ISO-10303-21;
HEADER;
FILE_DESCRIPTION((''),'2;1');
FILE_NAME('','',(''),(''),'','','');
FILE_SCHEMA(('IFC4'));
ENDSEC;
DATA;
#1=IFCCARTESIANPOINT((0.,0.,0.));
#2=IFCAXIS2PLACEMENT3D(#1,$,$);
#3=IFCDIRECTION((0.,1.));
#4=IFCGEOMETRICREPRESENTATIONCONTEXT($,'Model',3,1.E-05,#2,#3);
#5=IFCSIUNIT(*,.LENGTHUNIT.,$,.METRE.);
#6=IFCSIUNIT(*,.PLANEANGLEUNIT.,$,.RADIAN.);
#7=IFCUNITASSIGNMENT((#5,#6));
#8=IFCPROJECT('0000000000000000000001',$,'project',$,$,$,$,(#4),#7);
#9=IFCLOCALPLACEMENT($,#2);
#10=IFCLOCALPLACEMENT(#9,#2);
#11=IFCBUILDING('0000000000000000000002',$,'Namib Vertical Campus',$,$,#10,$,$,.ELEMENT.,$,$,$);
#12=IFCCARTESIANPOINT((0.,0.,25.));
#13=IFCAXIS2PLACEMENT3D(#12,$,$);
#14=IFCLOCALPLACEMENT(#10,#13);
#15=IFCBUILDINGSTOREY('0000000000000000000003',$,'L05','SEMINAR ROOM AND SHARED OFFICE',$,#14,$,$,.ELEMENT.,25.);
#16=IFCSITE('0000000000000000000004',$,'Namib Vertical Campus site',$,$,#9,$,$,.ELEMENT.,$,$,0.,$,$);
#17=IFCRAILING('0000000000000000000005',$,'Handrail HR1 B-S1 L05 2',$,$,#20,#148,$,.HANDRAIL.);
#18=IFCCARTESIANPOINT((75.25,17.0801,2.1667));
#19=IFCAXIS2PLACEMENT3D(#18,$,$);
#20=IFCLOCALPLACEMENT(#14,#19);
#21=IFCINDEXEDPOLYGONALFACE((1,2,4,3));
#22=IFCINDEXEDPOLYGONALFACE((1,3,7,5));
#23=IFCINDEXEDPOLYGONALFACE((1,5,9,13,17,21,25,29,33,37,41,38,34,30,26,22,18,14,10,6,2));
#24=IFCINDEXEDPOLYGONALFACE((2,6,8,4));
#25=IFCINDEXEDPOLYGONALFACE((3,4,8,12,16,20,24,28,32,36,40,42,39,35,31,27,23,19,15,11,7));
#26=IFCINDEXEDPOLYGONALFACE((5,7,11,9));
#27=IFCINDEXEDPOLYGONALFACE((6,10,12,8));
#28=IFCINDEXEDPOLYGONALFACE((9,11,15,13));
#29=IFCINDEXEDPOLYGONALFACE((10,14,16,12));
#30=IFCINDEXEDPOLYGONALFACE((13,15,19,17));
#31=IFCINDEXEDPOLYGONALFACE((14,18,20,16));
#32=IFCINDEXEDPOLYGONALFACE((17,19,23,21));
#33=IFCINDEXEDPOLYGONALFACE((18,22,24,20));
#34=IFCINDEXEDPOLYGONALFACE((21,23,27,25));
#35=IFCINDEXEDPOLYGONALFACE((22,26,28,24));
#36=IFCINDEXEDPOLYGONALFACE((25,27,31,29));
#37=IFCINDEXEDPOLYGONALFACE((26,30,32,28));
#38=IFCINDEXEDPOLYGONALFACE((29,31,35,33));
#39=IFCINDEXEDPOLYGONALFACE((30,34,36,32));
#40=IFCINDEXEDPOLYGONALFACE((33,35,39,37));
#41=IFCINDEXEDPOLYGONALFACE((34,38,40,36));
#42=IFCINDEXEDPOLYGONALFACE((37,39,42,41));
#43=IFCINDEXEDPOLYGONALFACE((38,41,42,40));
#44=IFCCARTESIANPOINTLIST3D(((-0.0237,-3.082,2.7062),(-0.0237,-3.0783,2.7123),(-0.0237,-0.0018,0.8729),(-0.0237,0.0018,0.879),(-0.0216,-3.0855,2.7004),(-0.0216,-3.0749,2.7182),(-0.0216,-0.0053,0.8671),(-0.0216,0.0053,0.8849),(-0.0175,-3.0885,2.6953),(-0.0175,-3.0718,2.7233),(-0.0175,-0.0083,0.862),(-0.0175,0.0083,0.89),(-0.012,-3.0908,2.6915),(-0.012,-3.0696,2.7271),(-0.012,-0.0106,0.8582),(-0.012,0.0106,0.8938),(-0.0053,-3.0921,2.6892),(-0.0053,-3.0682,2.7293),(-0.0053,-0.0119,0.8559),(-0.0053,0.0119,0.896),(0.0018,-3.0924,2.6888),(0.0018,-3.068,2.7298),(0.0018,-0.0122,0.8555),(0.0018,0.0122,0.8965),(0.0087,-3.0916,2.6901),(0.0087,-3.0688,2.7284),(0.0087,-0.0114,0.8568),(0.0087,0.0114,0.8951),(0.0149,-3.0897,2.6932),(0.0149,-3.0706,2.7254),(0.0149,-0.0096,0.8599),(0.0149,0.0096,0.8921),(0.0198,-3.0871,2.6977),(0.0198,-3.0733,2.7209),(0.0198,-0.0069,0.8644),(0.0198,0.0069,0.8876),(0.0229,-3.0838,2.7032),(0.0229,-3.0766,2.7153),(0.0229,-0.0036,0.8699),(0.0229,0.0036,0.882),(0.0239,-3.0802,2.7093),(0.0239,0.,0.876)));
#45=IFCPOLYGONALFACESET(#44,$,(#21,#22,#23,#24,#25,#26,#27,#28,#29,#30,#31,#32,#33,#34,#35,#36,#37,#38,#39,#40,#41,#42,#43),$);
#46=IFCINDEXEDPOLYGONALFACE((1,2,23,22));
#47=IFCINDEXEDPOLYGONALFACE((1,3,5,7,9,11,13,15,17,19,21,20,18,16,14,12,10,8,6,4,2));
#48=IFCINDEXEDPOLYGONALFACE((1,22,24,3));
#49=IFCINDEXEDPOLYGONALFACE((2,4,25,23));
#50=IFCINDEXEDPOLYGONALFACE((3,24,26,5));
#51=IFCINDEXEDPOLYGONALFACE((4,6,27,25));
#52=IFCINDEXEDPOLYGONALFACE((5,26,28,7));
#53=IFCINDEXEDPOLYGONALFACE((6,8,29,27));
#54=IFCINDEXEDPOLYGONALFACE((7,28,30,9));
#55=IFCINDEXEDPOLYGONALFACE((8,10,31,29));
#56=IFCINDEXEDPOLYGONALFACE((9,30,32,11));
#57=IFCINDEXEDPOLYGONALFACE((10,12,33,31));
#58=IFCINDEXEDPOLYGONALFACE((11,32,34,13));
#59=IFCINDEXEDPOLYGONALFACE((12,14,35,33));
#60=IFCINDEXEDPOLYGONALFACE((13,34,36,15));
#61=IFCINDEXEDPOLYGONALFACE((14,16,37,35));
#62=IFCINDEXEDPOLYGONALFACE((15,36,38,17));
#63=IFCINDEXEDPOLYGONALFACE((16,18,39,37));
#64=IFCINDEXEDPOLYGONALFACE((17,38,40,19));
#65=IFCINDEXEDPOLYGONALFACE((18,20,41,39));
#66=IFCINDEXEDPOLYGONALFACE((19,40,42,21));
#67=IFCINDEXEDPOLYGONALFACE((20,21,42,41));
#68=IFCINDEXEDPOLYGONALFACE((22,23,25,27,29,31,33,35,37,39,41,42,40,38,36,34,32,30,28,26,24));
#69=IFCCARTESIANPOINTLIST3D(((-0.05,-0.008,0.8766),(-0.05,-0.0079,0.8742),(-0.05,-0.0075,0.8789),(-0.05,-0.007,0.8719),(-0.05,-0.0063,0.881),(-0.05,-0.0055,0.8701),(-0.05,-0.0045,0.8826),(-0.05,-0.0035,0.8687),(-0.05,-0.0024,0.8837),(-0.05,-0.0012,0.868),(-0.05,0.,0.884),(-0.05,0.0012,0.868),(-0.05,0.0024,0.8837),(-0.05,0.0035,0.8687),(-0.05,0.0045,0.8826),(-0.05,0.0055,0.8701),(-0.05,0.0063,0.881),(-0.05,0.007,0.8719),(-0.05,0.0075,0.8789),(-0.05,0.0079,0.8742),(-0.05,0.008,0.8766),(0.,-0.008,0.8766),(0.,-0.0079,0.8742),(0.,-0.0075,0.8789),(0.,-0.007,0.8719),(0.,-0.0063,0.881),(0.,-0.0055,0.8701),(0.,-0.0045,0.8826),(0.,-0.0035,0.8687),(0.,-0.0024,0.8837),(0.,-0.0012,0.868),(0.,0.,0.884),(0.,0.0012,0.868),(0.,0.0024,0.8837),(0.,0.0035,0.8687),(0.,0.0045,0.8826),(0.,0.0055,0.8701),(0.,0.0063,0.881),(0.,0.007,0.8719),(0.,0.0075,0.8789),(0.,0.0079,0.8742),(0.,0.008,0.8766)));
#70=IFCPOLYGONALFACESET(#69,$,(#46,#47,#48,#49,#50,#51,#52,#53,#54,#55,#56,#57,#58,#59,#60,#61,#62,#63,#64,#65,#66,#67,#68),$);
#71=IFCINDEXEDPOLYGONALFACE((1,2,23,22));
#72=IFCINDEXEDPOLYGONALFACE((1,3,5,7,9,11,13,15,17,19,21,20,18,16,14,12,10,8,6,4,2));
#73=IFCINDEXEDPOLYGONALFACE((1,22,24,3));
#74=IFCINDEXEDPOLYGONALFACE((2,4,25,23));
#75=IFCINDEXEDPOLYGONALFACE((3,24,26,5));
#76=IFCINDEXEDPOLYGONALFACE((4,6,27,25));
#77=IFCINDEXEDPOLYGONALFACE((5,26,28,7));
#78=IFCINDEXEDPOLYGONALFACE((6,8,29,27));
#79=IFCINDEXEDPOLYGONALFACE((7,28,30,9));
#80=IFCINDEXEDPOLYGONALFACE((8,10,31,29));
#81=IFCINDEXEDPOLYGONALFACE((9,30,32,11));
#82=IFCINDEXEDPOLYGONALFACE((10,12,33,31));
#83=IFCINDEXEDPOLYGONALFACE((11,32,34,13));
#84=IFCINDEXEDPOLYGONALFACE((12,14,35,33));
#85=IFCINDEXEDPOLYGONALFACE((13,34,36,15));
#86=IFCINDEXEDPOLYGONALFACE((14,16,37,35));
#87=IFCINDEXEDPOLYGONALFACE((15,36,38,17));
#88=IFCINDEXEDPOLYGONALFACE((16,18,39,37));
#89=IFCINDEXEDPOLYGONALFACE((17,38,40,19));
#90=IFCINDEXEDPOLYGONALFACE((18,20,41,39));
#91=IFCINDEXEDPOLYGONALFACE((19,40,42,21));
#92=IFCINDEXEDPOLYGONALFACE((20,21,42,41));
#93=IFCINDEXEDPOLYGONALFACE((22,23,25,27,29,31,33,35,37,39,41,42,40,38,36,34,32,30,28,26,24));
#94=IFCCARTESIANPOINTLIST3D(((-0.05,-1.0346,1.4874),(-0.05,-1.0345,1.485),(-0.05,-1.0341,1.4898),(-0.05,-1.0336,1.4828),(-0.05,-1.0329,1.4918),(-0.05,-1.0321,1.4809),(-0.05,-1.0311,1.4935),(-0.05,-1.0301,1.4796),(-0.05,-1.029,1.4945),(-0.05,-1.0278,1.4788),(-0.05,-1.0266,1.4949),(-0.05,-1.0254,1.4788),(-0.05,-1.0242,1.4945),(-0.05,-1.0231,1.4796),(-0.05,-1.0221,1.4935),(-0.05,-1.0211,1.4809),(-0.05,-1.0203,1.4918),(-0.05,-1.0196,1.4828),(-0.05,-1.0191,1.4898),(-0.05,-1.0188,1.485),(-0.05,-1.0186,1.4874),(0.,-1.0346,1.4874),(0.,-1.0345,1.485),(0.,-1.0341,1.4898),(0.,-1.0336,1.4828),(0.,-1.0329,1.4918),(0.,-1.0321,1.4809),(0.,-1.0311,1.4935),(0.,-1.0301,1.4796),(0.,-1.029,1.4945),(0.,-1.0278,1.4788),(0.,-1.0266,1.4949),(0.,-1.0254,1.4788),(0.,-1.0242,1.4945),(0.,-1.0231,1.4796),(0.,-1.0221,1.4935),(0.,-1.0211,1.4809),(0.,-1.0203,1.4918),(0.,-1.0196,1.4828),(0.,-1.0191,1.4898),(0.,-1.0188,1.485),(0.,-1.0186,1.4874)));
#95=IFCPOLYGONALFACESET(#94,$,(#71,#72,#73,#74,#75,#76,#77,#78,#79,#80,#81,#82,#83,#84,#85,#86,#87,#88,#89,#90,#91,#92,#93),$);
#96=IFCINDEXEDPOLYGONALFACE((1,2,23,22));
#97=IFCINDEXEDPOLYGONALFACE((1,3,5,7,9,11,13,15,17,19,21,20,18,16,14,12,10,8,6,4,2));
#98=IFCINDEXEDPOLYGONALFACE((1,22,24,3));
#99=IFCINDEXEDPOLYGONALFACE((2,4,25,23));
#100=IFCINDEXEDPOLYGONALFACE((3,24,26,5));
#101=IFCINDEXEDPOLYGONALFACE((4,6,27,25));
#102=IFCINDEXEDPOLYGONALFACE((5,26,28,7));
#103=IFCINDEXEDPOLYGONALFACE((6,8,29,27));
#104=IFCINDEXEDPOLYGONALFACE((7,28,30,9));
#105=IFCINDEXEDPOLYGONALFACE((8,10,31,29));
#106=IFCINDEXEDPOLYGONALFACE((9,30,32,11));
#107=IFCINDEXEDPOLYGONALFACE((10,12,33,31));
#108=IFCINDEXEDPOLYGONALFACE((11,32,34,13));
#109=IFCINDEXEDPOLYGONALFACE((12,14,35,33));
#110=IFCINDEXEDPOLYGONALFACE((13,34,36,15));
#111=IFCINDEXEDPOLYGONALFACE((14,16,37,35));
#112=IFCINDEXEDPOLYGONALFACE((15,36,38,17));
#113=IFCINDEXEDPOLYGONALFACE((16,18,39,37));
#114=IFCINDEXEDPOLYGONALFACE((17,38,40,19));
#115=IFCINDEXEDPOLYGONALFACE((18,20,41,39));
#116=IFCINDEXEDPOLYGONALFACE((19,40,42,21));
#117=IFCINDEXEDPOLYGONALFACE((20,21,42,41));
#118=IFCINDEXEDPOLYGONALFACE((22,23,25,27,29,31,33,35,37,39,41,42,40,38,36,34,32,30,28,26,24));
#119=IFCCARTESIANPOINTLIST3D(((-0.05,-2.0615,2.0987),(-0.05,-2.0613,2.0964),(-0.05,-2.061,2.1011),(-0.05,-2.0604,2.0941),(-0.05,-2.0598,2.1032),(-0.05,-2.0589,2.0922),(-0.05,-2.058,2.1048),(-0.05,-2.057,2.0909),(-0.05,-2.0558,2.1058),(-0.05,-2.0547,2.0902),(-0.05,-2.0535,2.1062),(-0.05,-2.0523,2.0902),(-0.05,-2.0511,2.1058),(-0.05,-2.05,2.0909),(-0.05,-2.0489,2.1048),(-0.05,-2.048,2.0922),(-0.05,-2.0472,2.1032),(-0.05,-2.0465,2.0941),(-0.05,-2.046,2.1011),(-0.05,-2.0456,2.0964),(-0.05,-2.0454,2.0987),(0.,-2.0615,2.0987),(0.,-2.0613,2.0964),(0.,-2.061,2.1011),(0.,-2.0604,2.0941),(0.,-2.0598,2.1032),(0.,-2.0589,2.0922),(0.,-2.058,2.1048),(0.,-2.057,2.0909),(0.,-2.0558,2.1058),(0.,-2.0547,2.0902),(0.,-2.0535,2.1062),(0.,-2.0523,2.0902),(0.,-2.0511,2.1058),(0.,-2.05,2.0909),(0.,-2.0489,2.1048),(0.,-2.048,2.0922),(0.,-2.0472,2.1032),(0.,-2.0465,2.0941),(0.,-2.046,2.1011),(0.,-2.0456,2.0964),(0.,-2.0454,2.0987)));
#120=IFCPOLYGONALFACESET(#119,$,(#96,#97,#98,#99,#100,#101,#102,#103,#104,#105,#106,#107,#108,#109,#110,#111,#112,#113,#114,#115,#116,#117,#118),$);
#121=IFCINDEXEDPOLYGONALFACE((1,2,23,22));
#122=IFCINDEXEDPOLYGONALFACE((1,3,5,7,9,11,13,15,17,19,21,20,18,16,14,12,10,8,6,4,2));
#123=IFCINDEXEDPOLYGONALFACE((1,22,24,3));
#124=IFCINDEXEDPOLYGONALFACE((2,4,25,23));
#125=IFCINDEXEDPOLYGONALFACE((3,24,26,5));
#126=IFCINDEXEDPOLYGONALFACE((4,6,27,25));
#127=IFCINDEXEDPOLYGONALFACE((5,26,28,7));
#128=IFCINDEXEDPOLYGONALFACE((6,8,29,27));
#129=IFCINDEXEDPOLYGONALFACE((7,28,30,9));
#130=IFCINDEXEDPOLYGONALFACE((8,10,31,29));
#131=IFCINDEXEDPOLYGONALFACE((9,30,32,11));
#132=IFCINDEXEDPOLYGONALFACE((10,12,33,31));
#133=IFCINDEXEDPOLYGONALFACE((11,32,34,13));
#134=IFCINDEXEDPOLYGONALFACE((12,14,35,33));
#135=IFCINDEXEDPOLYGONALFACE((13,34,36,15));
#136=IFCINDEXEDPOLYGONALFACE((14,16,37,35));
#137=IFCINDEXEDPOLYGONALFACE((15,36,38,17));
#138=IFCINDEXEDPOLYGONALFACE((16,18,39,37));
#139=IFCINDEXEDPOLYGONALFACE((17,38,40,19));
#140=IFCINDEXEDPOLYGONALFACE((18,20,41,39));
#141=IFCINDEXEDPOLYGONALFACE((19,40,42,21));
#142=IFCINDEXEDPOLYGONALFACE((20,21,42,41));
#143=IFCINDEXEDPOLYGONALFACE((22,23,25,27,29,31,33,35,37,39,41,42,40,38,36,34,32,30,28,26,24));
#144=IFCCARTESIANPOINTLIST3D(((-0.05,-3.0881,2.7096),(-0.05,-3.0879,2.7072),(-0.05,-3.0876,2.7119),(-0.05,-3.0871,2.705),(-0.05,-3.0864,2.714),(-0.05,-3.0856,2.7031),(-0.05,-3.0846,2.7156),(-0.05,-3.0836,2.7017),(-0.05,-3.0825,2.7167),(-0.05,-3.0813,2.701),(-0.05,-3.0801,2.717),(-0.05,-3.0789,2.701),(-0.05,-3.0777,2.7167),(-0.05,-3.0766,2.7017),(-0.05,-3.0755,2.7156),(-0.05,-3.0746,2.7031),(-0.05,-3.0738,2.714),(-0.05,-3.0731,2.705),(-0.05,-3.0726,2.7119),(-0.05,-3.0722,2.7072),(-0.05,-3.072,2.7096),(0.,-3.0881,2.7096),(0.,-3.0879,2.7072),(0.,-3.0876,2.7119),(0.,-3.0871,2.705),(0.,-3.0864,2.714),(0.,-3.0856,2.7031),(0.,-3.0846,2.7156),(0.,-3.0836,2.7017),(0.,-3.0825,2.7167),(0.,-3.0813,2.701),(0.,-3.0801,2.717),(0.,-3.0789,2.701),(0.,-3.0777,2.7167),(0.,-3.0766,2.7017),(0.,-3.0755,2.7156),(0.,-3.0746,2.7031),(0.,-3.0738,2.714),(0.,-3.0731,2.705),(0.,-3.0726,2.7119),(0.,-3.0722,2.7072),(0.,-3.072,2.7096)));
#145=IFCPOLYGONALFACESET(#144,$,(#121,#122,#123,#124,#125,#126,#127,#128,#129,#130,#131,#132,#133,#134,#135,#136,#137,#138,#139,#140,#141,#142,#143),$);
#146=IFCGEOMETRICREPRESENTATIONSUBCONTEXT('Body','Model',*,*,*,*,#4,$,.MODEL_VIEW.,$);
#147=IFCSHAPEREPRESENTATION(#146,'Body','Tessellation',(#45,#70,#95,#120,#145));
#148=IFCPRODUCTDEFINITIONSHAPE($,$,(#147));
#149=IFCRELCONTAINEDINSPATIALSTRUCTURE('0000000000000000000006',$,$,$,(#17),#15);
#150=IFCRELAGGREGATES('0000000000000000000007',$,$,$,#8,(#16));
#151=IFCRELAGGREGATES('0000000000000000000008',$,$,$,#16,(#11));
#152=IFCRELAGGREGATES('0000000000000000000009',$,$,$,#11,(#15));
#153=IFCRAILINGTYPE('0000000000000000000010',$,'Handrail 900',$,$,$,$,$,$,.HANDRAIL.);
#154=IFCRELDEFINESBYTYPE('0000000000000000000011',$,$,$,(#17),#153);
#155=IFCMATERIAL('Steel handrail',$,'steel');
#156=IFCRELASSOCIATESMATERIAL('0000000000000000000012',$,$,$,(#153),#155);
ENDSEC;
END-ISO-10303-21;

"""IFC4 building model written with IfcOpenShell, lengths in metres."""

from ifc_helpers import new_model, si_unit, direction, frame, origin, origin_2d, place, context, subcontext, project, spatial, circle, extrude, material, type_object, element, save


model = new_model("IFC4")

# Units and contexts
model_context = context("Model", 3, precision=1e-05, world=origin(), true_north=direction((0.0, 1.0)))
body_context = subcontext(model_context, "Body", "Model", "MODEL_VIEW")
ifc_project = project(units=[si_unit("LENGTHUNIT", "METRE"), si_unit("PLANEANGLEUNIT", "RADIAN")], contexts=[model_context])

# Site, building, storey
site_placement = place(None, origin())
site = spatial("IfcSite", under=ifc_project, at=site_placement, Name="Namib Vertical Campus site", CompositionType="ELEMENT", RefElevation=0.0)
building_placement = place(site_placement, origin())
building = spatial("IfcBuilding", under=site, at=building_placement, Name="Namib Vertical Campus", CompositionType="ELEMENT")
storey_placement = place(building_placement, frame((0.0, 0.0, 25.0)))
storey = spatial("IfcBuildingStorey", under=building, at=storey_placement, Name="L05", Description="SEMINAR ROOM AND SHARED OFFICE", CompositionType="ELEMENT", Elevation=25.0)

# Railing
ifc_material_1 = material(Name="Steel handrail", Category="steel")
railing_type_1 = type_object("IfcRailingType", Name="Handrail 900", PredefinedType="HANDRAIL", material=ifc_material_1)
railing_1_placement = place(storey_placement, frame((75.25, 17.0801, 2.1667)))
element("IfcRailing", 1, at=railing_1_placement, inside=storey, type_object=railing_type_1, Name="Handrail HR1 B-S1 L05 2", PredefinedType="HANDRAIL", context=body_context, shape_type="SweptSolid", body=[
    extrude(circle(Radius=0.0239, at=origin_2d()), frame((0.0, 0.0, 0.876), z_axis=(0.0, -0.859309, 0.511458), x_axis=(1.0, 0.0, 0.0)), (0.0, 0.0, 1.0), 3.5845),
    extrude(circle(Radius=0.0081, at=origin_2d()), frame((0.0, 0.0, 0.876), z_axis=(-1.0, 0.0, 0.0), x_axis=(0.0, 0.0, 1.0)), (0.0, 0.0, 1.0), 0.05),
    extrude(circle(Radius=0.0081, at=origin_2d()), frame((0.0, -1.0266, 1.4868), z_axis=(-1.0, 0.0, 0.0), x_axis=(0.0, 0.0, 1.0)), (0.0, 0.0, 1.0), 0.05),
    extrude(circle(Radius=0.0081, at=origin_2d()), frame((0.0, -2.0535, 2.0981), z_axis=(-1.0, 0.0, 0.0), x_axis=(0.0, 0.0, 1.0)), (0.0, 0.0, 1.0), 0.05),
    extrude(circle(Radius=0.0081, at=origin_2d()), frame((0.0, -3.0801, 2.709), z_axis=(-1.0, 0.0, 0.0), x_axis=(0.0, 0.0, 1.0)), (0.0, 0.0, 1.0), 0.05),
])

save(model, "model.ifc")
